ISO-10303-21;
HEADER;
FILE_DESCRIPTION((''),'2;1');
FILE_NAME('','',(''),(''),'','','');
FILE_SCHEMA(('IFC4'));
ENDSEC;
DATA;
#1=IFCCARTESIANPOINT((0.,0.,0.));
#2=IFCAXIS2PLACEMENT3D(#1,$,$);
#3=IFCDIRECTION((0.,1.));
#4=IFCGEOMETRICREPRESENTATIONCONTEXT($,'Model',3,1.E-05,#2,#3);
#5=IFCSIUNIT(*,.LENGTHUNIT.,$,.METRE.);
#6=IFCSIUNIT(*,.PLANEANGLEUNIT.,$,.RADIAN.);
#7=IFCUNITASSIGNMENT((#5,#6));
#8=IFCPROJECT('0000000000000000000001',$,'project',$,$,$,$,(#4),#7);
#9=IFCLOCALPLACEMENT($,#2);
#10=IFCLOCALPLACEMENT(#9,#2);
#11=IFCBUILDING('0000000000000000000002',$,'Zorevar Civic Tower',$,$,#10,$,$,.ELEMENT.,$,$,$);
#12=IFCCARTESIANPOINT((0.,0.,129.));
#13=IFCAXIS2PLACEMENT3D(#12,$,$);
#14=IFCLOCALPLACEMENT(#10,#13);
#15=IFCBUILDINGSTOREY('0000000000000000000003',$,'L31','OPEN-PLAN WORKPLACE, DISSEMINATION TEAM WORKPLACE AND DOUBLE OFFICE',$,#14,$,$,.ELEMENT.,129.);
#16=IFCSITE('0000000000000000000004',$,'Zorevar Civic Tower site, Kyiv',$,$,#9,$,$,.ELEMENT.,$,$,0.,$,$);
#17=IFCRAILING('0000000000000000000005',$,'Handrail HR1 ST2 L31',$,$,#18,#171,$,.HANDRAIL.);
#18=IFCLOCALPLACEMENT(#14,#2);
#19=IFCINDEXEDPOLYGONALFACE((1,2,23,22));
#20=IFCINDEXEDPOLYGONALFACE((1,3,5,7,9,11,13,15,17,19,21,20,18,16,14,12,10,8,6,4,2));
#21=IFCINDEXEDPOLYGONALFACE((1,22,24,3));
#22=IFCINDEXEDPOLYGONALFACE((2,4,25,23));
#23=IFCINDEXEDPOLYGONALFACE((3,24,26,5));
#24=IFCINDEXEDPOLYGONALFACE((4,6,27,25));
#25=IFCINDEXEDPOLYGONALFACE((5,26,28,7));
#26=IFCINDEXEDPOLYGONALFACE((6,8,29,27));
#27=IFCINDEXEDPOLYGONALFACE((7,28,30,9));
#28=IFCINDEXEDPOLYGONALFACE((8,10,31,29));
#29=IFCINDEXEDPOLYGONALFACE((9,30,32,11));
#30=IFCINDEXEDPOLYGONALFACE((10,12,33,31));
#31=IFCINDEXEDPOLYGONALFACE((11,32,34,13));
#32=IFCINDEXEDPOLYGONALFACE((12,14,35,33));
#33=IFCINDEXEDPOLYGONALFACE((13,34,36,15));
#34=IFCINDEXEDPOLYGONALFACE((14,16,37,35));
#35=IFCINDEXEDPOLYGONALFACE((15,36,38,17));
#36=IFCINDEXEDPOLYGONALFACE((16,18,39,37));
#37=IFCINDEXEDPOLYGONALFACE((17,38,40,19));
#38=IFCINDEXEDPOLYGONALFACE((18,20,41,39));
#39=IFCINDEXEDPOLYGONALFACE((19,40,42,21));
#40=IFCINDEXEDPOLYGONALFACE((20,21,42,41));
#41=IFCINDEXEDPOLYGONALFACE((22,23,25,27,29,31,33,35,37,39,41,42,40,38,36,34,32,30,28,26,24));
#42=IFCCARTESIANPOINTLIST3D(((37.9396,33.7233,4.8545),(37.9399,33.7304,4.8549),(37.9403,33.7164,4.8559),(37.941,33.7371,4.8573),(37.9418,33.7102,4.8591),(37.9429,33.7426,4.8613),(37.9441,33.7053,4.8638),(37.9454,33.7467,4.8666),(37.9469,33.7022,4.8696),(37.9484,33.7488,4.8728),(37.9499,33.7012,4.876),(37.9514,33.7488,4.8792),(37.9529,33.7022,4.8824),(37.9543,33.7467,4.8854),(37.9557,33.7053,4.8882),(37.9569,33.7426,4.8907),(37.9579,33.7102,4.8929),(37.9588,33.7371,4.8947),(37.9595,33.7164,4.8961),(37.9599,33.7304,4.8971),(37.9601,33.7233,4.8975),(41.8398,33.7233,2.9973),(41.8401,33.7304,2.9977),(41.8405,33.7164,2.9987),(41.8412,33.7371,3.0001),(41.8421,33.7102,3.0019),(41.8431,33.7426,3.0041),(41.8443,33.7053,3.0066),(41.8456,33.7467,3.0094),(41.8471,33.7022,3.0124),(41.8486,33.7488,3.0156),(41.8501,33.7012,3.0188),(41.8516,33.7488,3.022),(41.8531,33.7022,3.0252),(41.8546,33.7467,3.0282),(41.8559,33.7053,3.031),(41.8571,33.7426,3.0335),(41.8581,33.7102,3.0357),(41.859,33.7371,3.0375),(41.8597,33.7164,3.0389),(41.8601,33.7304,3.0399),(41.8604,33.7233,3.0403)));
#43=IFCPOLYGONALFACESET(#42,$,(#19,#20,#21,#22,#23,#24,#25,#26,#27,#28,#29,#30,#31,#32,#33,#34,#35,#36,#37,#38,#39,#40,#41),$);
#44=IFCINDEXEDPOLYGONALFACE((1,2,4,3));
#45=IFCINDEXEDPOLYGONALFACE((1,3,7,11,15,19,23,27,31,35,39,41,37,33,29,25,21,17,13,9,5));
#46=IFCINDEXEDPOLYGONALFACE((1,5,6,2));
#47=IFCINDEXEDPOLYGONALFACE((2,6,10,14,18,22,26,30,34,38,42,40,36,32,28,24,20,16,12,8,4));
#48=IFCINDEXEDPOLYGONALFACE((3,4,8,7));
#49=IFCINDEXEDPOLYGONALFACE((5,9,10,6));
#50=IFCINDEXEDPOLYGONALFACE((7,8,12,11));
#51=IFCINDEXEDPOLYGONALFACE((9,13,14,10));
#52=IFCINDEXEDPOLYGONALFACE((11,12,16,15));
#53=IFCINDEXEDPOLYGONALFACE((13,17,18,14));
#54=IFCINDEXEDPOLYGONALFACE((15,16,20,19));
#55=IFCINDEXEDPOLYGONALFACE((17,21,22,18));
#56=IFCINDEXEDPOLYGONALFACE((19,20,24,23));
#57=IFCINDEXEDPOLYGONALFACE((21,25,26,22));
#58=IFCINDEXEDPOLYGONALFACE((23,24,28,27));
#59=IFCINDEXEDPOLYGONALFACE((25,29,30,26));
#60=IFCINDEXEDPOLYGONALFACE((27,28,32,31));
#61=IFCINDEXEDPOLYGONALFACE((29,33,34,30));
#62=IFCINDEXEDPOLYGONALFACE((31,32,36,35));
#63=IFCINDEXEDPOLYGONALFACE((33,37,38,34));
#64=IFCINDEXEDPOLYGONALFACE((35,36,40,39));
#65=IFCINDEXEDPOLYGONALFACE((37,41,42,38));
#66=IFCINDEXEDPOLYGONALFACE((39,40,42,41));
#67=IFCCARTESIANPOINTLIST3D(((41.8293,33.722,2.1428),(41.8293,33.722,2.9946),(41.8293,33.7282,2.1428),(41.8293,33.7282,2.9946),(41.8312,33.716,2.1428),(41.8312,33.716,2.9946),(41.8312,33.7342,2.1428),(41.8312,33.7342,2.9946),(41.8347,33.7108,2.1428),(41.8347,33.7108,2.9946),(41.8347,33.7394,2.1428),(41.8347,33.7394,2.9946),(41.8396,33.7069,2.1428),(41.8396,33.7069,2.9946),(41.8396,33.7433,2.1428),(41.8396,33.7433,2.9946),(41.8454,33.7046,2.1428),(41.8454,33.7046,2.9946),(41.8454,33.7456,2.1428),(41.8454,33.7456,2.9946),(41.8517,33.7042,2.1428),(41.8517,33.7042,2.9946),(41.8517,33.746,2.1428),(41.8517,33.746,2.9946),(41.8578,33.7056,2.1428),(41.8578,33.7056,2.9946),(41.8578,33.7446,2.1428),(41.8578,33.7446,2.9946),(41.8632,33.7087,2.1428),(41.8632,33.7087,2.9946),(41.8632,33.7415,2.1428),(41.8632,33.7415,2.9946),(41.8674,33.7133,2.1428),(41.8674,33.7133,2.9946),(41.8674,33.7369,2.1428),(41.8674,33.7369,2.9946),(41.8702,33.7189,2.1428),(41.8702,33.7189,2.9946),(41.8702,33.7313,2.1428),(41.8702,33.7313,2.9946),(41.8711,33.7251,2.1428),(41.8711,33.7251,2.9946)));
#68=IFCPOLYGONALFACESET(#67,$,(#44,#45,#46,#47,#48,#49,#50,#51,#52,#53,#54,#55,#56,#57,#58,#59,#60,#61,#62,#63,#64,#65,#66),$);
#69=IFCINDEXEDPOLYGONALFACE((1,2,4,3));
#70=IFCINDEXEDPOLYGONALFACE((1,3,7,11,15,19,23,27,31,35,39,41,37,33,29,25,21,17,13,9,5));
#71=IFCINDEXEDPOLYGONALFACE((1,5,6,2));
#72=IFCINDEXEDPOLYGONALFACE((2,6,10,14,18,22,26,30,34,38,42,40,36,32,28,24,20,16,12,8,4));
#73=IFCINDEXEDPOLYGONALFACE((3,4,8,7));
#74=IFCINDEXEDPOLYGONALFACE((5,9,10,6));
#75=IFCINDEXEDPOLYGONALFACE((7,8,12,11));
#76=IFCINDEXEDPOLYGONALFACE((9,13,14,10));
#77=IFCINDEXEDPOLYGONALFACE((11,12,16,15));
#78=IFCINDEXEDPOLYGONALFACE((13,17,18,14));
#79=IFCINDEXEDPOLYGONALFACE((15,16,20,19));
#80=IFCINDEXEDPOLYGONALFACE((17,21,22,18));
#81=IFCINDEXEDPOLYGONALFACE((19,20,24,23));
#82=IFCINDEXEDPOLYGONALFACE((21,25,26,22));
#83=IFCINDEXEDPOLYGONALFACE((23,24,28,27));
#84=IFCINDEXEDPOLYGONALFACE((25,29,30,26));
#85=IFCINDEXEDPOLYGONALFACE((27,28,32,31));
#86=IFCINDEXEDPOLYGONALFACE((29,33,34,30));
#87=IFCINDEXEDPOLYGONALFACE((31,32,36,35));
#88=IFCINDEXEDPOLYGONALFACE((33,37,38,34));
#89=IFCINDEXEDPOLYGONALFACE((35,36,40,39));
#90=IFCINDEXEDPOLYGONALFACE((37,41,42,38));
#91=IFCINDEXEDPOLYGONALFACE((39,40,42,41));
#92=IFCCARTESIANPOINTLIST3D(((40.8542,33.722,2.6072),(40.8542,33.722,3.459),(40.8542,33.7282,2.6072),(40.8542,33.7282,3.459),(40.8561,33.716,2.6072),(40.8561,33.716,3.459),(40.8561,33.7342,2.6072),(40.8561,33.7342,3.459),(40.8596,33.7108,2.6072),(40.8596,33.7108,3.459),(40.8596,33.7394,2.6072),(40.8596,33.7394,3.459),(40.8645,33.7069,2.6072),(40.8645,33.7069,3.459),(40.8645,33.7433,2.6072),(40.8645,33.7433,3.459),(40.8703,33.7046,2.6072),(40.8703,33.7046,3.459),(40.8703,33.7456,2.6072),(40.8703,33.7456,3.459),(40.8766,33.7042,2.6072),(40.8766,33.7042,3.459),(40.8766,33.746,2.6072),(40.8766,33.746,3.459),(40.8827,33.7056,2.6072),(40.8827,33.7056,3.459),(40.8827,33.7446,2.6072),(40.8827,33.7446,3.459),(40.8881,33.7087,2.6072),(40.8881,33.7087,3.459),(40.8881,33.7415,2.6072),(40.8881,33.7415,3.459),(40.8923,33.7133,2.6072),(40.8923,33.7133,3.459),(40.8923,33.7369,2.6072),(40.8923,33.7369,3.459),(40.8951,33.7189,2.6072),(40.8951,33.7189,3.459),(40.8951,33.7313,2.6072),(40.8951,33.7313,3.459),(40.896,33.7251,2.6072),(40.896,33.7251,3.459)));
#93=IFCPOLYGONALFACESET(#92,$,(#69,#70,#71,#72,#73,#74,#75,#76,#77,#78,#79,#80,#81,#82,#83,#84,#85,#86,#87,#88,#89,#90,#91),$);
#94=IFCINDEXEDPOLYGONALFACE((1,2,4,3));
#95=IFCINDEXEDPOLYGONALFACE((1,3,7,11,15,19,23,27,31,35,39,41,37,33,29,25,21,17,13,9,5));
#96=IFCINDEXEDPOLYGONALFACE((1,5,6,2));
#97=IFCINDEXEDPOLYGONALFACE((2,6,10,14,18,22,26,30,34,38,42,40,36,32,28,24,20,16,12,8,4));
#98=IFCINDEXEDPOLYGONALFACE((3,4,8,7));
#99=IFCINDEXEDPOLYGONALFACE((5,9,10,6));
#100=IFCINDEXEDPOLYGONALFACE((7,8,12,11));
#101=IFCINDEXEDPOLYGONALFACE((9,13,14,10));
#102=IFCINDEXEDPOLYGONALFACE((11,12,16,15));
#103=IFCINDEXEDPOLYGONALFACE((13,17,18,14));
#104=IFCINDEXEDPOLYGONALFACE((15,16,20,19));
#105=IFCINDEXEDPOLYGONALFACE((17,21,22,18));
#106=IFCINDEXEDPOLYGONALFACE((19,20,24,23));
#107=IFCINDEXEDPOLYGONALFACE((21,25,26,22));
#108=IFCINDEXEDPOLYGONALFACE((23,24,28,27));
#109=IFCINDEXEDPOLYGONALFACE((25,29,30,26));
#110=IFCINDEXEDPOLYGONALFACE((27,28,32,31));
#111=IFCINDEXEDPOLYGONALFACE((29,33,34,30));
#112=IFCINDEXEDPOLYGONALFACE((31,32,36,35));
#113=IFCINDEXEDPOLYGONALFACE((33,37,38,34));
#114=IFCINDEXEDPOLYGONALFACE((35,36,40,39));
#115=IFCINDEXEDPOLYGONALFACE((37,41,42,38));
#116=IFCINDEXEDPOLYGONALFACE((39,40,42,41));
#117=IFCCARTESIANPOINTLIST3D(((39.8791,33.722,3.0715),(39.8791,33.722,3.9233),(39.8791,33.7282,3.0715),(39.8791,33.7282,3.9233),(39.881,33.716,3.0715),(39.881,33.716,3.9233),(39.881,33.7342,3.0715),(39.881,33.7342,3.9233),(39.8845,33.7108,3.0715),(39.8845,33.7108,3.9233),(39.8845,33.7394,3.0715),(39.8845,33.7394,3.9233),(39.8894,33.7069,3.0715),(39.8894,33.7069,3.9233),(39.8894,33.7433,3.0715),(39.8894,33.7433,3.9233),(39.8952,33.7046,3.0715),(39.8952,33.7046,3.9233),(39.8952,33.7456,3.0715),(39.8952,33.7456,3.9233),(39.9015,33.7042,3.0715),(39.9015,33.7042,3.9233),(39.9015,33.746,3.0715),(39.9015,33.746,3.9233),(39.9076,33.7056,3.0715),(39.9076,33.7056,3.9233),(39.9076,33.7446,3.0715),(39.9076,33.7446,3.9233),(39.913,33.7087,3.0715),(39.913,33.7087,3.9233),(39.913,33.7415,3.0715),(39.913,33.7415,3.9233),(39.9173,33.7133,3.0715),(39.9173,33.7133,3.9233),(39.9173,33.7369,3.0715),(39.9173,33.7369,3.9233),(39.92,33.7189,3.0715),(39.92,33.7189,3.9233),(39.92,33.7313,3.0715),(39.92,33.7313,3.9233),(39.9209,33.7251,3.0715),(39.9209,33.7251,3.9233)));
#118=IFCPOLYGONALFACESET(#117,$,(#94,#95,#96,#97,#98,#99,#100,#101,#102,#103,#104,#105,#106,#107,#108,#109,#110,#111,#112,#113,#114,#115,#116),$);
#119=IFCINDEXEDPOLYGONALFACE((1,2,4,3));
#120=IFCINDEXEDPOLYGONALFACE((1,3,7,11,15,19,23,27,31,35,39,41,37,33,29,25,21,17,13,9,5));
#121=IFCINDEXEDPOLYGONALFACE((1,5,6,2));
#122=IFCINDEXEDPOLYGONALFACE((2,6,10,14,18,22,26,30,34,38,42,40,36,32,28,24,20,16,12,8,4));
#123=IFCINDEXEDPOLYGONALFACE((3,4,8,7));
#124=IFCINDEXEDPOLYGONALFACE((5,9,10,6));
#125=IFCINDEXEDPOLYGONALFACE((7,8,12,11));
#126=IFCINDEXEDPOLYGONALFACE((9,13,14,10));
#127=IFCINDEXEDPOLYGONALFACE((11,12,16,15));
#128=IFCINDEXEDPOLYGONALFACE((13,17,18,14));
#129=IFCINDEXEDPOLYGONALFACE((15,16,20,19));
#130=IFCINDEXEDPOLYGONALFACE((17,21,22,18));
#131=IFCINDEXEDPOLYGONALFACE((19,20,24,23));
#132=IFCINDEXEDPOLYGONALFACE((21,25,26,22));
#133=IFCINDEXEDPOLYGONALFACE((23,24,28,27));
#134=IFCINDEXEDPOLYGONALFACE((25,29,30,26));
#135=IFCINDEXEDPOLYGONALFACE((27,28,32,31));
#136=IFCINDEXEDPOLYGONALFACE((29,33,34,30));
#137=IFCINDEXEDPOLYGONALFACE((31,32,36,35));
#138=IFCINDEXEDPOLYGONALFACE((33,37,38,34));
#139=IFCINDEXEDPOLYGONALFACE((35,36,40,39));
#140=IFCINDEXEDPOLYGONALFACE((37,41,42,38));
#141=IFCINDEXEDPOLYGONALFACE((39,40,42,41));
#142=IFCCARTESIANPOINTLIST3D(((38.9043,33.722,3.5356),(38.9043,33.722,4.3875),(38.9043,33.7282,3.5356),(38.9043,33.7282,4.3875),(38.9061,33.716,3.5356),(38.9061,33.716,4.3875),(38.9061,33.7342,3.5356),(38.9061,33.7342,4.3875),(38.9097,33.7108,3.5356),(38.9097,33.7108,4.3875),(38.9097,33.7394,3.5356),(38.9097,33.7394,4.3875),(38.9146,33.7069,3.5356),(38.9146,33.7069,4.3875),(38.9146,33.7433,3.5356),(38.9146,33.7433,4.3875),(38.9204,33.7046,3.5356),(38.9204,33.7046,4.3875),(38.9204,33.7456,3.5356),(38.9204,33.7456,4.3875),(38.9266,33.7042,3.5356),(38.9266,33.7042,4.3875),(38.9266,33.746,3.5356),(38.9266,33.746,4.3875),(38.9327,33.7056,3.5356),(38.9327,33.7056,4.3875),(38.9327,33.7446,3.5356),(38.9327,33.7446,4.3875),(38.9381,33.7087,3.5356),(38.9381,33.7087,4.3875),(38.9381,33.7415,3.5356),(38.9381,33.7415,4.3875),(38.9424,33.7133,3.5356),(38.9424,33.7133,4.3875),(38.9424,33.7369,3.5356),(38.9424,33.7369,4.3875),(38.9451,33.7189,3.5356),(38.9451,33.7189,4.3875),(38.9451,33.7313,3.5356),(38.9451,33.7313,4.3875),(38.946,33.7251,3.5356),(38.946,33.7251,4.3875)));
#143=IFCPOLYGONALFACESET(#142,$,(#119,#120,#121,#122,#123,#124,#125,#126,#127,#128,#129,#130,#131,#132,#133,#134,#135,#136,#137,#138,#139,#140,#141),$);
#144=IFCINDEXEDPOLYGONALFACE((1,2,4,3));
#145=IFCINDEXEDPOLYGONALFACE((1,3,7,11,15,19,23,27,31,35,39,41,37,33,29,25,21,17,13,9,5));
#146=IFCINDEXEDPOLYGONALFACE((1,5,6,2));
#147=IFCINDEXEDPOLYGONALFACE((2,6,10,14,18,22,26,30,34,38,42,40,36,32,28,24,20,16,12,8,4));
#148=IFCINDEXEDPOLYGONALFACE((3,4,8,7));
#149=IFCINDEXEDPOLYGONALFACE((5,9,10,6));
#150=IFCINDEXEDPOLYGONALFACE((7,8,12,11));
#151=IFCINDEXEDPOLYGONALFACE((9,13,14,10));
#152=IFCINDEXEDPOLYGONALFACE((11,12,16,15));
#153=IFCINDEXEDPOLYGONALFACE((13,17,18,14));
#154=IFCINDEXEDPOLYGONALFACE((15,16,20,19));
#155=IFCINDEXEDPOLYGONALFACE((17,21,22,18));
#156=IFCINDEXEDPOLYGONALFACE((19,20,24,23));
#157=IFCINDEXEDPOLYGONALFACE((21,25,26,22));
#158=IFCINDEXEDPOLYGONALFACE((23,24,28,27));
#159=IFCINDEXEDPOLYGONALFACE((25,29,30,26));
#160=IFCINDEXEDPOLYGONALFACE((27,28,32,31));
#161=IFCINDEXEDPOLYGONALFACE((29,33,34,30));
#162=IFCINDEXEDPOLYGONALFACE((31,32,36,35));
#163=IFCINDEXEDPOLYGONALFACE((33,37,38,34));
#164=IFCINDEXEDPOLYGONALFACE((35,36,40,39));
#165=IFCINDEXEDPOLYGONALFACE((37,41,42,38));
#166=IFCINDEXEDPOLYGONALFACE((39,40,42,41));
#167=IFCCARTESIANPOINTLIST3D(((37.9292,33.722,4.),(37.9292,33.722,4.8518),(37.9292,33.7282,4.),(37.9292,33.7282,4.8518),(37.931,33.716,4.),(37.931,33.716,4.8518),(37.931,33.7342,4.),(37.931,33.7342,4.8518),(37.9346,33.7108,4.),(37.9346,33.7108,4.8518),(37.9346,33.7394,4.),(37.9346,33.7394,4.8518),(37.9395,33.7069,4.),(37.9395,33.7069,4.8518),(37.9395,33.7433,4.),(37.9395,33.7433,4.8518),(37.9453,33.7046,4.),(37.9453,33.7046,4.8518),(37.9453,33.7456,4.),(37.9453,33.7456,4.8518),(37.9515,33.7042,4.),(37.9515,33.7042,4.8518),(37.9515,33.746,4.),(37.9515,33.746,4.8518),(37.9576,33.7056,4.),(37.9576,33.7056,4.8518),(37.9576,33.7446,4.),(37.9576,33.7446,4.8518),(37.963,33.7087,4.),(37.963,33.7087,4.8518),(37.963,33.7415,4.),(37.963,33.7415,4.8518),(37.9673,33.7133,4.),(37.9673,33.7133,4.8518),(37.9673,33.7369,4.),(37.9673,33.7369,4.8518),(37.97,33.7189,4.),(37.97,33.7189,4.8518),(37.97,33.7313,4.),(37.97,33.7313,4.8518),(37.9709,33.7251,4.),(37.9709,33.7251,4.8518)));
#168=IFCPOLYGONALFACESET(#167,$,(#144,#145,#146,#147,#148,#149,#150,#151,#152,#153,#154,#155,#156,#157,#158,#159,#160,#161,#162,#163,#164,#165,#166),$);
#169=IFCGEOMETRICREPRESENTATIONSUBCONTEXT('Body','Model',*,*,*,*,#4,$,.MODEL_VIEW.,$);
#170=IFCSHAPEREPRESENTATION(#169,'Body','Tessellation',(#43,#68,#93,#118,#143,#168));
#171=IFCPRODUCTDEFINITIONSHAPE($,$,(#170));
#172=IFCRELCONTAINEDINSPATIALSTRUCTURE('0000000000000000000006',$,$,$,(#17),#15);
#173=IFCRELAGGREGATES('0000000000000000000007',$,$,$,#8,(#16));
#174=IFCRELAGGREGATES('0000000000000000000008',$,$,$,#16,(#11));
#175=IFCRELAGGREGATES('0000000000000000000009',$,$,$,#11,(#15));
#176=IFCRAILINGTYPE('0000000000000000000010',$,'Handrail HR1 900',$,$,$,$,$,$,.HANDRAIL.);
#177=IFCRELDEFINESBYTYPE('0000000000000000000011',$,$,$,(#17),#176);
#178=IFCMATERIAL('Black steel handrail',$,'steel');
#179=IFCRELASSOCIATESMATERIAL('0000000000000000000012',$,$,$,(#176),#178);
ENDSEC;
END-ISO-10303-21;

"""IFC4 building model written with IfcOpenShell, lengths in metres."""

from ifc_helpers import new_model, si_unit, direction, frame, origin, origin_2d, place, context, subcontext, project, spatial, circle, extrude, material, type_object, element, save


model = new_model("IFC4")

# Units and contexts
model_context = context("Model", 3, precision=1e-05, world=origin(), true_north=direction((0.0, 1.0)))
body_context = subcontext(model_context, "Body", "Model", "MODEL_VIEW")
ifc_project = project(units=[si_unit("LENGTHUNIT", "METRE"), si_unit("PLANEANGLEUNIT", "RADIAN")], contexts=[model_context])

# Site, building, storey
site_placement = place(None, origin())
site = spatial("IfcSite", under=ifc_project, at=site_placement, Name="Zorevar Civic Tower site, Kyiv", CompositionType="ELEMENT", RefElevation=0.0)
building_placement = place(site_placement, origin())
building = spatial("IfcBuilding", under=site, at=building_placement, Name="Zorevar Civic Tower", CompositionType="ELEMENT")
storey_placement = place(building_placement, frame((0.0, 0.0, 129.0)))
storey = spatial("IfcBuildingStorey", under=building, at=storey_placement, Name="L31", Description="OPEN-PLAN WORKPLACE, DISSEMINATION TEAM WORKPLACE AND DOUBLE OFFICE", CompositionType="ELEMENT", Elevation=129.0)

# Railing
ifc_material_1 = material(Name="Black steel handrail", Category="steel")
railing_type = type_object("IfcRailingType", Name="Handrail HR1 900", PredefinedType="HANDRAIL", material=ifc_material_1)
railing_placement = place(storey_placement, frame((41.8501, 33.7251, 2.1428)))
element("IfcRailing", 1, at=railing_placement, inside=storey, type_object=railing_type, Name="Handrail HR1 ST2 L31", PredefinedType="HANDRAIL", context=body_context, shape_type="SweptSolid", body=[
    extrude(circle(Radius=0.0239, at=origin_2d()), frame((0.0, 0.0, 0.876), z_axis=(-0.902864, 0.0, 0.429927), x_axis=(0.0, -1.0, 0.0)), (0.0, 0.0, 1.0), 4.3198),
    extrude(circle(Radius=0.021, at=origin_2d()), origin(), (0.0, 0.0, 1.0), 0.8518),
    extrude(circle(Radius=0.021, at=origin_2d()), frame((-0.9751, 0.0, 0.4644)), (0.0, 0.0, 1.0), 0.8518),
    extrude(circle(Radius=0.021, at=origin_2d()), frame((-1.9502, 0.0, 0.9287)), (0.0, 0.0, 1.0), 0.8518),
    extrude(circle(Radius=0.021, at=origin_2d()), frame((-2.925, 0.0, 1.3928)), (0.0, 0.0, 1.0), 0.8518),
    extrude(circle(Radius=0.021, at=origin_2d()), frame((-3.9001, 0.0, 1.8572)), (0.0, 0.0, 1.0), 0.8518),
])

save(model, "model.ifc")
